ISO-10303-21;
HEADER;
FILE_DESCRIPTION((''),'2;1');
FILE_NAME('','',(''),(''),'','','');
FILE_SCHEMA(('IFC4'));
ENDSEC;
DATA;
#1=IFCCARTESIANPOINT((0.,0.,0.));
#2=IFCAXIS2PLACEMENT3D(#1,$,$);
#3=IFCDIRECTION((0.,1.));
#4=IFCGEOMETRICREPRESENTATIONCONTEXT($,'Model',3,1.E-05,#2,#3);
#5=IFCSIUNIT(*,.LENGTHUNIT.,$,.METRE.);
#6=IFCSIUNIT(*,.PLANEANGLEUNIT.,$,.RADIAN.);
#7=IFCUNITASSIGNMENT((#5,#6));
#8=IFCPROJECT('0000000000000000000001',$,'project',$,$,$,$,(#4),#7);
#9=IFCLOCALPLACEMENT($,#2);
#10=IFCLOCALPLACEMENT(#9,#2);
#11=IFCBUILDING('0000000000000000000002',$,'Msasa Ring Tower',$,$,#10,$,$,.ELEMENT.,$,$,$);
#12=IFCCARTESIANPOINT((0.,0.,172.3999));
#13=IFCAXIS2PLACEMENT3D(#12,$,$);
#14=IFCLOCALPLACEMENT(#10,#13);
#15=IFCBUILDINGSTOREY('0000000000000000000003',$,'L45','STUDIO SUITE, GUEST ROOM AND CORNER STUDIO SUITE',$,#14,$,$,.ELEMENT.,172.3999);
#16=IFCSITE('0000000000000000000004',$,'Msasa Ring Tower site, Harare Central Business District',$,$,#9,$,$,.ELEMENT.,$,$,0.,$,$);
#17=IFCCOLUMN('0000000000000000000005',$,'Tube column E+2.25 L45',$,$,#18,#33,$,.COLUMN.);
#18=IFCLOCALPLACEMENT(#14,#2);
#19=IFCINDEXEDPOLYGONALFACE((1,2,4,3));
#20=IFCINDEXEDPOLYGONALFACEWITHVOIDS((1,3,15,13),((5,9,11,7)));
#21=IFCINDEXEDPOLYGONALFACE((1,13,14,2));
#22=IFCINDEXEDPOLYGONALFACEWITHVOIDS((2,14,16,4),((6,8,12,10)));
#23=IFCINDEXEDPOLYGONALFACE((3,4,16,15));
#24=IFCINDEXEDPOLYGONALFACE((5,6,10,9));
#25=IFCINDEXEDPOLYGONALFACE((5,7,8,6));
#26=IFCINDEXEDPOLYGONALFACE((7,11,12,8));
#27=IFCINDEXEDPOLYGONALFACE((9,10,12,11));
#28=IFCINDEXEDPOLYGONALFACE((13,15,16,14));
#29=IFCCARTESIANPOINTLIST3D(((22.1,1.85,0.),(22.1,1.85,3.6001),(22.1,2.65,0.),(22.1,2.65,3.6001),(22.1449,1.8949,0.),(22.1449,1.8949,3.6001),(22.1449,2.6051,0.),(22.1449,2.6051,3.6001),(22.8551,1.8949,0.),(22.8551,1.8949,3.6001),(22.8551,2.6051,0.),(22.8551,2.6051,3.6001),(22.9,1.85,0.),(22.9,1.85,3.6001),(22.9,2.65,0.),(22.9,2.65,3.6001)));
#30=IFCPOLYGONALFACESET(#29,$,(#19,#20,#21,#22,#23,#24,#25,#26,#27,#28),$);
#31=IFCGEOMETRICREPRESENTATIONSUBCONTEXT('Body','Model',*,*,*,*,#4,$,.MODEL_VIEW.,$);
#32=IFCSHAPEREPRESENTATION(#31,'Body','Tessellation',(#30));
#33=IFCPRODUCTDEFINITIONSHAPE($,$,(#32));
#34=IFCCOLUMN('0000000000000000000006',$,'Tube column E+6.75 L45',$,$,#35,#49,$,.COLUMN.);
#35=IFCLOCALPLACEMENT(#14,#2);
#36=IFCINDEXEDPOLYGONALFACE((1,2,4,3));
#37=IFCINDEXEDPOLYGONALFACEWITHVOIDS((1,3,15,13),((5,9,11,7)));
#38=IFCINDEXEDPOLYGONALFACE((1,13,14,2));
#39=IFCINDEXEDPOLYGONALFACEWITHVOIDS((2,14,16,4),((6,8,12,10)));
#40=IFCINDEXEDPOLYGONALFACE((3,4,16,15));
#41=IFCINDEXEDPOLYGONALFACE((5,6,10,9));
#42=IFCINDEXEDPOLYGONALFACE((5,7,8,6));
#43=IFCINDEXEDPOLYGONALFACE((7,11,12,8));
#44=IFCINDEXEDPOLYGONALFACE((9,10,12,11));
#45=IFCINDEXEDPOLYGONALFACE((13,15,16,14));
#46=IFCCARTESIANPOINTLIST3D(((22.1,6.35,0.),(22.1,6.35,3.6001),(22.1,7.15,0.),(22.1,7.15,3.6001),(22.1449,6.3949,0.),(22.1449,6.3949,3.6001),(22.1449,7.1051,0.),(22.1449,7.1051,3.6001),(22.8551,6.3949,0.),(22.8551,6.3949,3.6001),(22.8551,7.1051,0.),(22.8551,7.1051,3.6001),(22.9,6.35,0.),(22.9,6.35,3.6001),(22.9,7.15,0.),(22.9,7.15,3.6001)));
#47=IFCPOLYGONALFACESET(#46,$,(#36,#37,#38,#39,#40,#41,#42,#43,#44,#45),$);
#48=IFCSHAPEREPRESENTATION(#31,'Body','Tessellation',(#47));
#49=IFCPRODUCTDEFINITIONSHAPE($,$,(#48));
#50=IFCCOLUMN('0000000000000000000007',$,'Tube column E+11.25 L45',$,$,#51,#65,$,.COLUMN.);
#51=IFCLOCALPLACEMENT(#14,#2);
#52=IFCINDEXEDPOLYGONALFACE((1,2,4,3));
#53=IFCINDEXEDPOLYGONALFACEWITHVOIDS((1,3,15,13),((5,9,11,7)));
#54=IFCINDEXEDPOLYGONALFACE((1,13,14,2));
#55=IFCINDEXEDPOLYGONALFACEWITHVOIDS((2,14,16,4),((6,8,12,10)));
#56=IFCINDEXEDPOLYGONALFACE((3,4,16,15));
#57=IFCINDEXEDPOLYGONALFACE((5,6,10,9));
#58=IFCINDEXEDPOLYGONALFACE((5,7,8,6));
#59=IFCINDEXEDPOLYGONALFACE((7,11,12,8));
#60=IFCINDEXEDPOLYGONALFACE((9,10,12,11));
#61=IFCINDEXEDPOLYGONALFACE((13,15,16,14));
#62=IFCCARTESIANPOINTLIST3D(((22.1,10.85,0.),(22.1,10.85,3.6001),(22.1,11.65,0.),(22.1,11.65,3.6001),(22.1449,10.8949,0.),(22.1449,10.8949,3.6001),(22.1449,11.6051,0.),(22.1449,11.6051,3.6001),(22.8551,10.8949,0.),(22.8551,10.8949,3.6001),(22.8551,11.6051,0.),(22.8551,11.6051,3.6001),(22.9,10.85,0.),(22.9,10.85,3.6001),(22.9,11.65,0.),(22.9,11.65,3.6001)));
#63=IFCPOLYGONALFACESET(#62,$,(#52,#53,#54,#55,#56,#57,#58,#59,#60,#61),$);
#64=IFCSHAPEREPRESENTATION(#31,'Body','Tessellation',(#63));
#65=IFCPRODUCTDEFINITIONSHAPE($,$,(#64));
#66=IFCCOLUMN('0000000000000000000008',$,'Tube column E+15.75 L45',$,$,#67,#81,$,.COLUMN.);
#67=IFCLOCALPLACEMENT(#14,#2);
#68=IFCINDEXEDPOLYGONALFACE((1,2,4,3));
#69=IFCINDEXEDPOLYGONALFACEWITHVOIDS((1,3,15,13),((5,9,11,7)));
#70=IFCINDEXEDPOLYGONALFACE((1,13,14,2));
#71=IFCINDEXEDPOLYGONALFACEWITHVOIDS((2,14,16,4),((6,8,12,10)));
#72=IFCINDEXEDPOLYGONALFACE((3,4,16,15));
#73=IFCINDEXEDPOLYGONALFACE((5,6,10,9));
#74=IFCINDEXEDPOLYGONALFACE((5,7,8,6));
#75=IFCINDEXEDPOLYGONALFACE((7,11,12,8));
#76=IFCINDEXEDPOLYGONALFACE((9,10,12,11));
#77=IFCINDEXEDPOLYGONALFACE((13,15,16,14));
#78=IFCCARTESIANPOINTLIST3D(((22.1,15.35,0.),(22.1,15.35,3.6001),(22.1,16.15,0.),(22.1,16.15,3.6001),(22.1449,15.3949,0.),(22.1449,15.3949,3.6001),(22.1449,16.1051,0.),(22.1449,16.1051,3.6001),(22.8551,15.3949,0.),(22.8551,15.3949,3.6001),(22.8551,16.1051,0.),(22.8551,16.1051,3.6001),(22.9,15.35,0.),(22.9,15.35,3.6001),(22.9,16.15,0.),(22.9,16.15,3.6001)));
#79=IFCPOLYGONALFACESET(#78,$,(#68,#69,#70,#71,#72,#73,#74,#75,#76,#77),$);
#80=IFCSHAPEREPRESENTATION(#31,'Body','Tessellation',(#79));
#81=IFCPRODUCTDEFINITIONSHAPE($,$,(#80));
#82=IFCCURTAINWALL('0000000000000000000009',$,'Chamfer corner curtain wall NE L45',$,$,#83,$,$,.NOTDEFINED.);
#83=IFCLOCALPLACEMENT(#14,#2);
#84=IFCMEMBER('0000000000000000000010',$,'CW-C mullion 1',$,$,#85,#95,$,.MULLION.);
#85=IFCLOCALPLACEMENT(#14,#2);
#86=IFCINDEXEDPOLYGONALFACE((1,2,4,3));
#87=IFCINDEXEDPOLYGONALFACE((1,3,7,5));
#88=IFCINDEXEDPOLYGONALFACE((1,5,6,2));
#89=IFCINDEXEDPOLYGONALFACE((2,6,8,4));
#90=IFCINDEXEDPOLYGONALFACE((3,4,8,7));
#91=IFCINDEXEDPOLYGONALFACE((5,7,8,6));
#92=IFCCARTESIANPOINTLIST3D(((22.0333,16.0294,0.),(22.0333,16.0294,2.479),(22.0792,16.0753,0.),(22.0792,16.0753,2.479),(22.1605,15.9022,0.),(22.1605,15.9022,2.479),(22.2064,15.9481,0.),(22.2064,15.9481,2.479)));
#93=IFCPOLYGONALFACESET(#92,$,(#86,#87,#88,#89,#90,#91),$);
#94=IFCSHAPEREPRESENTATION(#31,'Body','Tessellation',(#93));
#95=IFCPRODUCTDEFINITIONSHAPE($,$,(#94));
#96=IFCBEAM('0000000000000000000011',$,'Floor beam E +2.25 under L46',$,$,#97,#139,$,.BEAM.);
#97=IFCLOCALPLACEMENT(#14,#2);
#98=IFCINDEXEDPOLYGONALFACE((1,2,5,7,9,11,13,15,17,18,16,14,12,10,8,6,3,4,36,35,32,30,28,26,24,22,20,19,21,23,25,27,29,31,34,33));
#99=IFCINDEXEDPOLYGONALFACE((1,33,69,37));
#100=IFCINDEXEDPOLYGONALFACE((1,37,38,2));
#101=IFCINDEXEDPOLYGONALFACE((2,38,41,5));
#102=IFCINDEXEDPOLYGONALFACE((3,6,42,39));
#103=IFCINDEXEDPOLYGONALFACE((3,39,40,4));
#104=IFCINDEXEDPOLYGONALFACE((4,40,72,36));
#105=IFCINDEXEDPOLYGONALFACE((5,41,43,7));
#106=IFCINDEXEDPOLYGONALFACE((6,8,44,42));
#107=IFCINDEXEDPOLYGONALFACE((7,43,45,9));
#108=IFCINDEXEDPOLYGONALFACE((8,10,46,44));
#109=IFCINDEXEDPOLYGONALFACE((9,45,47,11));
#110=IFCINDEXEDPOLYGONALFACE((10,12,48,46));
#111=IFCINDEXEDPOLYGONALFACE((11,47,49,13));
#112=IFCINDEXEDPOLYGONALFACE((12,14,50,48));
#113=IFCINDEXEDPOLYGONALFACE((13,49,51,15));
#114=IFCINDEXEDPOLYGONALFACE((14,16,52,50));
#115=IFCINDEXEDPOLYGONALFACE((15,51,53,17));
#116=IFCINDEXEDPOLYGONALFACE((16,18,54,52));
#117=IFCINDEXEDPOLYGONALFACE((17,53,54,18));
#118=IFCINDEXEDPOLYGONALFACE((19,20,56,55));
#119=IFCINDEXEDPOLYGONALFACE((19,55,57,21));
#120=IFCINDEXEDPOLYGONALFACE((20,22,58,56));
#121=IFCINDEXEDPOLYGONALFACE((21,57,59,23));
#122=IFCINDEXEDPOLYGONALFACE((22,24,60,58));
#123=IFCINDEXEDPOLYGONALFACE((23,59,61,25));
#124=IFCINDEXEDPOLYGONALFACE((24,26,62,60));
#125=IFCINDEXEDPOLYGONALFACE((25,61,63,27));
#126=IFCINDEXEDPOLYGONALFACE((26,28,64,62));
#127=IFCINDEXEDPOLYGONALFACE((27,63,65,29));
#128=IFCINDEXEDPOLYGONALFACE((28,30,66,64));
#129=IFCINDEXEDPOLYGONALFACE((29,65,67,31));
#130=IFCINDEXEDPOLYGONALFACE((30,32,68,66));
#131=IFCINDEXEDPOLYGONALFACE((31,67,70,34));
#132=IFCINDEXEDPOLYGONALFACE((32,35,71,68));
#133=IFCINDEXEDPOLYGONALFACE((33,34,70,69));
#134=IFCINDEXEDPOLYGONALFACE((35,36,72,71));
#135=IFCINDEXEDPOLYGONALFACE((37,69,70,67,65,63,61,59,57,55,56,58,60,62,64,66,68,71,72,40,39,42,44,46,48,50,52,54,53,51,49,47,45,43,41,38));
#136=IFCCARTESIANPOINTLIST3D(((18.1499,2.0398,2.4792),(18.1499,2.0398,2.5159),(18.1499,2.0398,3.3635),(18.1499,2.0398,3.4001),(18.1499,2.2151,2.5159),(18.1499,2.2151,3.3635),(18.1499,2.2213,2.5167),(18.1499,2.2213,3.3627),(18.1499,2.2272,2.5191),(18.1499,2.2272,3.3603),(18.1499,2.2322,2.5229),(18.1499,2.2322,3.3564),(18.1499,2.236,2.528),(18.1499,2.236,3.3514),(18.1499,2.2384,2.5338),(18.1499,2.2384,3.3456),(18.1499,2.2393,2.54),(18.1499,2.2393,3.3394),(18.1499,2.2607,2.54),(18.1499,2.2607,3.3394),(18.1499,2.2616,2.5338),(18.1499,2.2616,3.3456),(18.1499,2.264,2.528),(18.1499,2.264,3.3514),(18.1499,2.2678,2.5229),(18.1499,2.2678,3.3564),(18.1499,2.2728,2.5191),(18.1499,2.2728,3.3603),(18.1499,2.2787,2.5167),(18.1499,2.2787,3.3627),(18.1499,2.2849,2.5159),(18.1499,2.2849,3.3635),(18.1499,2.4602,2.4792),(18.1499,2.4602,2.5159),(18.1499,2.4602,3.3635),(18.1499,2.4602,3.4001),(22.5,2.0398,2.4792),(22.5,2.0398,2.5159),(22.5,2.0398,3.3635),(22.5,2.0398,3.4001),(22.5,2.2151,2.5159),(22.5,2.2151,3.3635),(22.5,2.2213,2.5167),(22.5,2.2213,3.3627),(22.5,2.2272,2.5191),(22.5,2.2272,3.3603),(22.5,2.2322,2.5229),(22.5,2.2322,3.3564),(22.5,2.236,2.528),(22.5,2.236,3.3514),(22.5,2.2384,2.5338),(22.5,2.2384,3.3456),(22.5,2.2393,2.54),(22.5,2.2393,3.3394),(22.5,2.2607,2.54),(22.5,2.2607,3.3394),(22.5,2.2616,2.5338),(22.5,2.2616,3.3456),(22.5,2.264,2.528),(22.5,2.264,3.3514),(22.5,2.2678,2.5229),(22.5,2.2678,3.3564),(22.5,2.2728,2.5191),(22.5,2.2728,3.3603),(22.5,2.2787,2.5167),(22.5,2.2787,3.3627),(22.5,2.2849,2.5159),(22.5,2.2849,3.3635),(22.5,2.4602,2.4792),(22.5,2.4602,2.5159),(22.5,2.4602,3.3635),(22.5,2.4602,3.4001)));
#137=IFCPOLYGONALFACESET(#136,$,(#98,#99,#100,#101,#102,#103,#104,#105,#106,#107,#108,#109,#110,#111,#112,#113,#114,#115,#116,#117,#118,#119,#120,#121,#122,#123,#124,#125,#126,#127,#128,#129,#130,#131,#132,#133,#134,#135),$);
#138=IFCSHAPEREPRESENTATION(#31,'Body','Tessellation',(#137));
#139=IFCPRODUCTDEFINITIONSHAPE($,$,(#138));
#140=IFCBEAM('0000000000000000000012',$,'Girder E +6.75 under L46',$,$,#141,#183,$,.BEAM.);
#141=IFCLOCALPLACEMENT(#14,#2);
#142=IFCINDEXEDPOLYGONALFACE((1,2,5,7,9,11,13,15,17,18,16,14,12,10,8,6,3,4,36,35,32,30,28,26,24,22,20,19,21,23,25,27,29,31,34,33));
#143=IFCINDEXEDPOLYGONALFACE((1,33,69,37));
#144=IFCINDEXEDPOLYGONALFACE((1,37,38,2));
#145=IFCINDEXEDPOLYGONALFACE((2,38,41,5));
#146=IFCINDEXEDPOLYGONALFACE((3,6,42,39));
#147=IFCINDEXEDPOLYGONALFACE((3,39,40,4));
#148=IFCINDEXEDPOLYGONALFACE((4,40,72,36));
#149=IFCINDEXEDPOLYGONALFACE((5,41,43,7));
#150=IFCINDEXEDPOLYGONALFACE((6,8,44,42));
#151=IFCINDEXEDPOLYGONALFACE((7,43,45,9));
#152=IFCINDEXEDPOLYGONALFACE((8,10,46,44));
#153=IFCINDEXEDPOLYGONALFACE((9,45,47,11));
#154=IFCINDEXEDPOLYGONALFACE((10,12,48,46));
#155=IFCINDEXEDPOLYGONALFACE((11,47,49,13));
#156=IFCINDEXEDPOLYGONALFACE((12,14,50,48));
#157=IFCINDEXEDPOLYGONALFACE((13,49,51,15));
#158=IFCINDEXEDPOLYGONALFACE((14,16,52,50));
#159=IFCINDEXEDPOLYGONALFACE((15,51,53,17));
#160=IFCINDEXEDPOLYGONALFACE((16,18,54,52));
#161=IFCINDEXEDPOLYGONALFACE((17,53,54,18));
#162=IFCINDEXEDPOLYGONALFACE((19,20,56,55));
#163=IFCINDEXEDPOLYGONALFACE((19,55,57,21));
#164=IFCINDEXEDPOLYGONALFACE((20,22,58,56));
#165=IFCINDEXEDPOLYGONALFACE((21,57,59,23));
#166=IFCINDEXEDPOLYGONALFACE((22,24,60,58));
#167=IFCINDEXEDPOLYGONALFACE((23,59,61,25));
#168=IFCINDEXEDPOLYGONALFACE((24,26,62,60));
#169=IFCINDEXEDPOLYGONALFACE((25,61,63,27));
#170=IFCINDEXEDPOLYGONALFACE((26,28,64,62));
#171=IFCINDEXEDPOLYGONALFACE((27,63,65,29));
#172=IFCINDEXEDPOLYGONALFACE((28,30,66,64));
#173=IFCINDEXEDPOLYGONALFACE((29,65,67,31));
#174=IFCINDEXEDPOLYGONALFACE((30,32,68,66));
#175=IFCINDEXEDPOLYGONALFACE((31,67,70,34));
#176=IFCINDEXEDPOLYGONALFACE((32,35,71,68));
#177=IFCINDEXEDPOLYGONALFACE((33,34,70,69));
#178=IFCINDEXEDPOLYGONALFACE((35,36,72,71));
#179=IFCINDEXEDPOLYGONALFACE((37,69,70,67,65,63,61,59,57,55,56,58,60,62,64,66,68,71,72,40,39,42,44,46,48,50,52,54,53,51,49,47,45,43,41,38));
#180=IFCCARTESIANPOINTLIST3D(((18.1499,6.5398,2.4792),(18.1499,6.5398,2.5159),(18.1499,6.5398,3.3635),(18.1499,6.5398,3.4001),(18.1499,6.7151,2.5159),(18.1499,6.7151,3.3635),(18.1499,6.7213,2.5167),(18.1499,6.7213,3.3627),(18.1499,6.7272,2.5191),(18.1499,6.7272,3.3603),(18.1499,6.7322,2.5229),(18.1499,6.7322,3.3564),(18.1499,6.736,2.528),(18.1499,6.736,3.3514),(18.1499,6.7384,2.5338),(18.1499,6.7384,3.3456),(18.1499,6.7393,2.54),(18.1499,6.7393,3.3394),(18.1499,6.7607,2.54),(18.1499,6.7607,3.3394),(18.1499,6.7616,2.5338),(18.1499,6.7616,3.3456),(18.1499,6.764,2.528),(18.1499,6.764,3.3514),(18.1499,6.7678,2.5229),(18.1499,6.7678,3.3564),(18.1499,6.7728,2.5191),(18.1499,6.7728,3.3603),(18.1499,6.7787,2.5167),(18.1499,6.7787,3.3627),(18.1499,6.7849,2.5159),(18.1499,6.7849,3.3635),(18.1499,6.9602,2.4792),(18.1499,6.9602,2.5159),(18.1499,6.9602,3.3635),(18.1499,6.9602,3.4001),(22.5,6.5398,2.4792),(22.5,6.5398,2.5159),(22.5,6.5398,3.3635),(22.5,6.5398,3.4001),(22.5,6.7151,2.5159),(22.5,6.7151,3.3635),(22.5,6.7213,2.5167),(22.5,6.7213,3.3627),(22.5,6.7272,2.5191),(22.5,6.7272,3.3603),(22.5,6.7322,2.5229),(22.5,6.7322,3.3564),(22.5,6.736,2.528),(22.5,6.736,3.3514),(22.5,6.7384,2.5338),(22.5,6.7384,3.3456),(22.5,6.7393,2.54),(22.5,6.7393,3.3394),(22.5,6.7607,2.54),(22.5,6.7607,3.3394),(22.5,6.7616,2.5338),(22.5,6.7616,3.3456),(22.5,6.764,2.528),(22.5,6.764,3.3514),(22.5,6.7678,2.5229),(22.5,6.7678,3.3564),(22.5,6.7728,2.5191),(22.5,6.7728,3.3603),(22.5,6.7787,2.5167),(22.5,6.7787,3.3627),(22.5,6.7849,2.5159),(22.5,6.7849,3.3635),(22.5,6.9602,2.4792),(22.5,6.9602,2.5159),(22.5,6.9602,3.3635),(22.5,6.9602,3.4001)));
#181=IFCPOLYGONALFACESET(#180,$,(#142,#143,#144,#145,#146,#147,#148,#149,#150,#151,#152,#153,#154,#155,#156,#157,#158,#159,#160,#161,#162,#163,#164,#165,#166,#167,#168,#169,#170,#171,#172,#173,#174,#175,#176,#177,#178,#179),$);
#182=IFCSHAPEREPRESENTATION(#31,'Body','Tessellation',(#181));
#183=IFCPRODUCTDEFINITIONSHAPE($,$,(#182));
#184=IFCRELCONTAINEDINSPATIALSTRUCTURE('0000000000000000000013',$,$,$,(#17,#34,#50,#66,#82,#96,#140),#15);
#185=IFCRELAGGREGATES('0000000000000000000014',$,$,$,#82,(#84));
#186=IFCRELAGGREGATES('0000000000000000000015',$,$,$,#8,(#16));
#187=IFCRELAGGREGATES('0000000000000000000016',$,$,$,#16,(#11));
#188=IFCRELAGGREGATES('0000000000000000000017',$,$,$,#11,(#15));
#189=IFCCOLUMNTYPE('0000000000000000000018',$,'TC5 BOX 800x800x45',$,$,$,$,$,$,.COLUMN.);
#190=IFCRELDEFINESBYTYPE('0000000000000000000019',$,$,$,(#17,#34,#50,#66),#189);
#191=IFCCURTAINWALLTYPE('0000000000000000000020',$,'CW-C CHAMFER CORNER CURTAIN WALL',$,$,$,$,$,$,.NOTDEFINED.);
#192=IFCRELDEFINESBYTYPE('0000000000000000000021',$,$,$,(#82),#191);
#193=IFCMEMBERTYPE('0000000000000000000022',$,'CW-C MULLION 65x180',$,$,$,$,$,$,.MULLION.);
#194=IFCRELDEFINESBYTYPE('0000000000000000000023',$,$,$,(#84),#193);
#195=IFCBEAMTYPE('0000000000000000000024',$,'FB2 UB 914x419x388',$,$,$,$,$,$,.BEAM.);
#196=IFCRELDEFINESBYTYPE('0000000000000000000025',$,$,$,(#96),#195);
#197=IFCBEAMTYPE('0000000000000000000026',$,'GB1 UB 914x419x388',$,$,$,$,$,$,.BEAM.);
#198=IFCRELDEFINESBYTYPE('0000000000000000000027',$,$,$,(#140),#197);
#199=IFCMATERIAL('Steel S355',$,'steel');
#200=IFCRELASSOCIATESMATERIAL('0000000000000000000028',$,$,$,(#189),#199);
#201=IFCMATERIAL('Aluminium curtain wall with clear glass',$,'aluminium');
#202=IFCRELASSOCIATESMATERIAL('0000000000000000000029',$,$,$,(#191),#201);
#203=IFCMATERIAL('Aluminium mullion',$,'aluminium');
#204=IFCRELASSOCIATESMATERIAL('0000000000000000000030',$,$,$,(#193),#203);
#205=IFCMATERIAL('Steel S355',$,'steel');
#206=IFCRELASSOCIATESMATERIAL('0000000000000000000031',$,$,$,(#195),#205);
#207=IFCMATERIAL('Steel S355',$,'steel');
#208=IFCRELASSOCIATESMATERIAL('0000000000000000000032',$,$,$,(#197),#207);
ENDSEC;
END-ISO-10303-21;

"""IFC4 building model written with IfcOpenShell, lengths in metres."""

from ifc_helpers import new_model, si_unit, direction, frame, origin, origin_2d, place, context, subcontext, project, spatial, rectangle, hollow_rectangle, i_section, extrude, material, material_profile, profile_set, type_object, element, aggregate, save


model = new_model("IFC4")

# Units and contexts
model_context = context("Model", 3, precision=1e-05, world=origin(), true_north=direction((0.0, 1.0)))
body_context = subcontext(model_context, "Body", "Model", "MODEL_VIEW")
ifc_project = project(units=[si_unit("LENGTHUNIT", "METRE"), si_unit("PLANEANGLEUNIT", "RADIAN")], contexts=[model_context])

# Site, building, storey
site_placement = place(None, origin())
site = spatial("IfcSite", under=ifc_project, at=site_placement, Name="Msasa Ring Tower site, Harare Central Business District", CompositionType="ELEMENT", RefElevation=0.0)
building_placement = place(site_placement, origin())
building = spatial("IfcBuilding", under=site, at=building_placement, Name="Msasa Ring Tower", CompositionType="ELEMENT")
storey_placement = place(building_placement, frame((0.0, 0.0, 172.3999)))
storey = spatial("IfcBuildingStorey", under=building, at=storey_placement, Name="L45", Description="STUDIO SUITE, GUEST ROOM AND CORNER STUDIO SUITE", CompositionType="ELEMENT", Elevation=172.3999)

# Columns
ifc_material_1 = material(Name="Steel S355", Category="steel")
ifc_material_profile_1 = material_profile(ifc_material_1, hollow_rectangle(XDim=0.8, YDim=0.8, WallThickness=0.0449, at=origin_2d()), Name="BOX 800x800x45")
ifc_profile_set_1 = profile_set([ifc_material_profile_1], Name="Steel S355")
column_type = type_object("IfcColumnType", Name="TC5 BOX 800x800x45", PredefinedType="COLUMN", material=ifc_profile_set_1)
for number, where, z_axis, x_axis, name in (
    (1, (22.5, 2.25, 0.0), (0.0, 0.0, 1.0), (1.0, 0.0, 0.0), "Tube column E+2.25 L45"),
    (2, (22.5, 6.75, 0.0), (0.0, 0.0, 1.0), (1.0, 0.0, 0.0), "Tube column E+6.75 L45"),
    (3, (22.5, 11.25, 0.0), (0.0, 0.0, 1.0), (1.0, 0.0, 0.0), "Tube column E+11.25 L45"),
    (4, (22.5, 15.75, 0.0), (0.0, 0.0, 1.0), (1.0, 0.0, 0.0), "Tube column E+15.75 L45"),
):
    element("IfcColumn", number, at=place(storey_placement, frame(where, z_axis=z_axis, x_axis=x_axis)), inside=storey, type_object=column_type, Name=name, PredefinedType="COLUMN", context=body_context, shape_type="SweptSolid", body=[
        extrude(hollow_rectangle(XDim=0.8, YDim=0.8, WallThickness=0.0449, at=origin_2d()), origin(), (0.0, 0.0, 1.0), 3.6001),
    ])

# Curtain wall, member
ifc_material_2 = material(Name="Aluminium curtain wall with clear glass", Category="aluminium")
curtain_wall_type = type_object("IfcCurtainWallType", Name="CW-C CHAMFER CORNER CURTAIN WALL", PredefinedType="NOTDEFINED", material=ifc_material_2)
curtain_wall_placement = place(storey_placement, origin())
curtain_wall = element("IfcCurtainWall", 5, at=curtain_wall_placement, inside=storey, type_object=curtain_wall_type, Name="Chamfer corner curtain wall NE L45", PredefinedType="NOTDEFINED")
ifc_material_3 = material(Name="Aluminium mullion", Category="aluminium")
ifc_material_profile_2 = material_profile(ifc_material_3, rectangle(XDim=0.0649, YDim=0.1799, at=origin_2d()), Name="AL 65x180")
ifc_profile_set_2 = profile_set([ifc_material_profile_2], Name="Aluminium mullion")
member_type = type_object("IfcMemberType", Name="CW-C MULLION 65x180", PredefinedType="MULLION", material=ifc_profile_set_2)
member_placement = place(storey_placement, frame((22.1199, 15.9888, 0.0), z_axis=(0.0, 0.0, 1.0), x_axis=(-0.707107, -0.707107, 0.0)))
member = element("IfcMember", 6, at=member_placement, type_object=member_type, Name="CW-C mullion 1", PredefinedType="MULLION", context=body_context, shape_type="SweptSolid", body=[
    extrude(rectangle(XDim=0.0649, YDim=0.1799, at=origin_2d()), origin(), (0.0, 0.0, 1.0), 2.479),
])
aggregate(curtain_wall, [member])

# Beams
ifc_material_4 = material(Name="Steel S355", Category="steel")
ifc_material_profile_3 = material_profile(ifc_material_4, i_section(OverallWidth=0.4204, OverallDepth=0.9209, WebThickness=0.0215, FlangeThickness=0.0366, FilletRadius=0.0242, at=origin_2d()), Name="UB 914x419x388")
ifc_profile_set_3 = profile_set([ifc_material_profile_3], Name="Steel S355")
beam_type_1 = type_object("IfcBeamType", Name="FB2 UB 914x419x388", PredefinedType="BEAM", material=ifc_profile_set_3)
beam_1_placement = place(storey_placement, frame((22.5, 2.25, 2.9397), z_axis=(-1.0, 0.0, 0.0), x_axis=(0.0, -1.0, 0.0)))
element("IfcBeam", 7, at=beam_1_placement, inside=storey, type_object=beam_type_1, Name="Floor beam E +2.25 under L46", PredefinedType="BEAM", context=body_context, shape_type="SweptSolid", body=[
    extrude(i_section(OverallWidth=0.4204, OverallDepth=0.9209, WebThickness=0.0215, FlangeThickness=0.0366, FilletRadius=0.0242, at=origin_2d()), origin(), (0.0, 0.0, 1.0), 4.3501),
])
ifc_material_5 = material(Name="Steel S355", Category="steel")
ifc_material_profile_4 = material_profile(ifc_material_5, i_section(OverallWidth=0.4204, OverallDepth=0.9209, WebThickness=0.0215, FlangeThickness=0.0366, FilletRadius=0.0242, at=origin_2d()), Name="UB 914x419x388")
ifc_profile_set_4 = profile_set([ifc_material_profile_4], Name="Steel S355")
beam_type_2 = type_object("IfcBeamType", Name="GB1 UB 914x419x388", PredefinedType="BEAM", material=ifc_profile_set_4)
beam_2_placement = place(storey_placement, frame((18.1499, 6.75, 2.9397), z_axis=(1.0, 0.0, 0.0), x_axis=(0.0, 1.0, 0.0)))
element("IfcBeam", 8, at=beam_2_placement, inside=storey, type_object=beam_type_2, Name="Girder E +6.75 under L46", PredefinedType="BEAM", context=body_context, shape_type="SweptSolid", body=[
    extrude(i_section(OverallWidth=0.4204, OverallDepth=0.9209, WebThickness=0.0215, FlangeThickness=0.0366, FilletRadius=0.0242, at=origin_2d()), origin(), (0.0, 0.0, 1.0), 4.3501),
])

save(model, "model.ifc")
